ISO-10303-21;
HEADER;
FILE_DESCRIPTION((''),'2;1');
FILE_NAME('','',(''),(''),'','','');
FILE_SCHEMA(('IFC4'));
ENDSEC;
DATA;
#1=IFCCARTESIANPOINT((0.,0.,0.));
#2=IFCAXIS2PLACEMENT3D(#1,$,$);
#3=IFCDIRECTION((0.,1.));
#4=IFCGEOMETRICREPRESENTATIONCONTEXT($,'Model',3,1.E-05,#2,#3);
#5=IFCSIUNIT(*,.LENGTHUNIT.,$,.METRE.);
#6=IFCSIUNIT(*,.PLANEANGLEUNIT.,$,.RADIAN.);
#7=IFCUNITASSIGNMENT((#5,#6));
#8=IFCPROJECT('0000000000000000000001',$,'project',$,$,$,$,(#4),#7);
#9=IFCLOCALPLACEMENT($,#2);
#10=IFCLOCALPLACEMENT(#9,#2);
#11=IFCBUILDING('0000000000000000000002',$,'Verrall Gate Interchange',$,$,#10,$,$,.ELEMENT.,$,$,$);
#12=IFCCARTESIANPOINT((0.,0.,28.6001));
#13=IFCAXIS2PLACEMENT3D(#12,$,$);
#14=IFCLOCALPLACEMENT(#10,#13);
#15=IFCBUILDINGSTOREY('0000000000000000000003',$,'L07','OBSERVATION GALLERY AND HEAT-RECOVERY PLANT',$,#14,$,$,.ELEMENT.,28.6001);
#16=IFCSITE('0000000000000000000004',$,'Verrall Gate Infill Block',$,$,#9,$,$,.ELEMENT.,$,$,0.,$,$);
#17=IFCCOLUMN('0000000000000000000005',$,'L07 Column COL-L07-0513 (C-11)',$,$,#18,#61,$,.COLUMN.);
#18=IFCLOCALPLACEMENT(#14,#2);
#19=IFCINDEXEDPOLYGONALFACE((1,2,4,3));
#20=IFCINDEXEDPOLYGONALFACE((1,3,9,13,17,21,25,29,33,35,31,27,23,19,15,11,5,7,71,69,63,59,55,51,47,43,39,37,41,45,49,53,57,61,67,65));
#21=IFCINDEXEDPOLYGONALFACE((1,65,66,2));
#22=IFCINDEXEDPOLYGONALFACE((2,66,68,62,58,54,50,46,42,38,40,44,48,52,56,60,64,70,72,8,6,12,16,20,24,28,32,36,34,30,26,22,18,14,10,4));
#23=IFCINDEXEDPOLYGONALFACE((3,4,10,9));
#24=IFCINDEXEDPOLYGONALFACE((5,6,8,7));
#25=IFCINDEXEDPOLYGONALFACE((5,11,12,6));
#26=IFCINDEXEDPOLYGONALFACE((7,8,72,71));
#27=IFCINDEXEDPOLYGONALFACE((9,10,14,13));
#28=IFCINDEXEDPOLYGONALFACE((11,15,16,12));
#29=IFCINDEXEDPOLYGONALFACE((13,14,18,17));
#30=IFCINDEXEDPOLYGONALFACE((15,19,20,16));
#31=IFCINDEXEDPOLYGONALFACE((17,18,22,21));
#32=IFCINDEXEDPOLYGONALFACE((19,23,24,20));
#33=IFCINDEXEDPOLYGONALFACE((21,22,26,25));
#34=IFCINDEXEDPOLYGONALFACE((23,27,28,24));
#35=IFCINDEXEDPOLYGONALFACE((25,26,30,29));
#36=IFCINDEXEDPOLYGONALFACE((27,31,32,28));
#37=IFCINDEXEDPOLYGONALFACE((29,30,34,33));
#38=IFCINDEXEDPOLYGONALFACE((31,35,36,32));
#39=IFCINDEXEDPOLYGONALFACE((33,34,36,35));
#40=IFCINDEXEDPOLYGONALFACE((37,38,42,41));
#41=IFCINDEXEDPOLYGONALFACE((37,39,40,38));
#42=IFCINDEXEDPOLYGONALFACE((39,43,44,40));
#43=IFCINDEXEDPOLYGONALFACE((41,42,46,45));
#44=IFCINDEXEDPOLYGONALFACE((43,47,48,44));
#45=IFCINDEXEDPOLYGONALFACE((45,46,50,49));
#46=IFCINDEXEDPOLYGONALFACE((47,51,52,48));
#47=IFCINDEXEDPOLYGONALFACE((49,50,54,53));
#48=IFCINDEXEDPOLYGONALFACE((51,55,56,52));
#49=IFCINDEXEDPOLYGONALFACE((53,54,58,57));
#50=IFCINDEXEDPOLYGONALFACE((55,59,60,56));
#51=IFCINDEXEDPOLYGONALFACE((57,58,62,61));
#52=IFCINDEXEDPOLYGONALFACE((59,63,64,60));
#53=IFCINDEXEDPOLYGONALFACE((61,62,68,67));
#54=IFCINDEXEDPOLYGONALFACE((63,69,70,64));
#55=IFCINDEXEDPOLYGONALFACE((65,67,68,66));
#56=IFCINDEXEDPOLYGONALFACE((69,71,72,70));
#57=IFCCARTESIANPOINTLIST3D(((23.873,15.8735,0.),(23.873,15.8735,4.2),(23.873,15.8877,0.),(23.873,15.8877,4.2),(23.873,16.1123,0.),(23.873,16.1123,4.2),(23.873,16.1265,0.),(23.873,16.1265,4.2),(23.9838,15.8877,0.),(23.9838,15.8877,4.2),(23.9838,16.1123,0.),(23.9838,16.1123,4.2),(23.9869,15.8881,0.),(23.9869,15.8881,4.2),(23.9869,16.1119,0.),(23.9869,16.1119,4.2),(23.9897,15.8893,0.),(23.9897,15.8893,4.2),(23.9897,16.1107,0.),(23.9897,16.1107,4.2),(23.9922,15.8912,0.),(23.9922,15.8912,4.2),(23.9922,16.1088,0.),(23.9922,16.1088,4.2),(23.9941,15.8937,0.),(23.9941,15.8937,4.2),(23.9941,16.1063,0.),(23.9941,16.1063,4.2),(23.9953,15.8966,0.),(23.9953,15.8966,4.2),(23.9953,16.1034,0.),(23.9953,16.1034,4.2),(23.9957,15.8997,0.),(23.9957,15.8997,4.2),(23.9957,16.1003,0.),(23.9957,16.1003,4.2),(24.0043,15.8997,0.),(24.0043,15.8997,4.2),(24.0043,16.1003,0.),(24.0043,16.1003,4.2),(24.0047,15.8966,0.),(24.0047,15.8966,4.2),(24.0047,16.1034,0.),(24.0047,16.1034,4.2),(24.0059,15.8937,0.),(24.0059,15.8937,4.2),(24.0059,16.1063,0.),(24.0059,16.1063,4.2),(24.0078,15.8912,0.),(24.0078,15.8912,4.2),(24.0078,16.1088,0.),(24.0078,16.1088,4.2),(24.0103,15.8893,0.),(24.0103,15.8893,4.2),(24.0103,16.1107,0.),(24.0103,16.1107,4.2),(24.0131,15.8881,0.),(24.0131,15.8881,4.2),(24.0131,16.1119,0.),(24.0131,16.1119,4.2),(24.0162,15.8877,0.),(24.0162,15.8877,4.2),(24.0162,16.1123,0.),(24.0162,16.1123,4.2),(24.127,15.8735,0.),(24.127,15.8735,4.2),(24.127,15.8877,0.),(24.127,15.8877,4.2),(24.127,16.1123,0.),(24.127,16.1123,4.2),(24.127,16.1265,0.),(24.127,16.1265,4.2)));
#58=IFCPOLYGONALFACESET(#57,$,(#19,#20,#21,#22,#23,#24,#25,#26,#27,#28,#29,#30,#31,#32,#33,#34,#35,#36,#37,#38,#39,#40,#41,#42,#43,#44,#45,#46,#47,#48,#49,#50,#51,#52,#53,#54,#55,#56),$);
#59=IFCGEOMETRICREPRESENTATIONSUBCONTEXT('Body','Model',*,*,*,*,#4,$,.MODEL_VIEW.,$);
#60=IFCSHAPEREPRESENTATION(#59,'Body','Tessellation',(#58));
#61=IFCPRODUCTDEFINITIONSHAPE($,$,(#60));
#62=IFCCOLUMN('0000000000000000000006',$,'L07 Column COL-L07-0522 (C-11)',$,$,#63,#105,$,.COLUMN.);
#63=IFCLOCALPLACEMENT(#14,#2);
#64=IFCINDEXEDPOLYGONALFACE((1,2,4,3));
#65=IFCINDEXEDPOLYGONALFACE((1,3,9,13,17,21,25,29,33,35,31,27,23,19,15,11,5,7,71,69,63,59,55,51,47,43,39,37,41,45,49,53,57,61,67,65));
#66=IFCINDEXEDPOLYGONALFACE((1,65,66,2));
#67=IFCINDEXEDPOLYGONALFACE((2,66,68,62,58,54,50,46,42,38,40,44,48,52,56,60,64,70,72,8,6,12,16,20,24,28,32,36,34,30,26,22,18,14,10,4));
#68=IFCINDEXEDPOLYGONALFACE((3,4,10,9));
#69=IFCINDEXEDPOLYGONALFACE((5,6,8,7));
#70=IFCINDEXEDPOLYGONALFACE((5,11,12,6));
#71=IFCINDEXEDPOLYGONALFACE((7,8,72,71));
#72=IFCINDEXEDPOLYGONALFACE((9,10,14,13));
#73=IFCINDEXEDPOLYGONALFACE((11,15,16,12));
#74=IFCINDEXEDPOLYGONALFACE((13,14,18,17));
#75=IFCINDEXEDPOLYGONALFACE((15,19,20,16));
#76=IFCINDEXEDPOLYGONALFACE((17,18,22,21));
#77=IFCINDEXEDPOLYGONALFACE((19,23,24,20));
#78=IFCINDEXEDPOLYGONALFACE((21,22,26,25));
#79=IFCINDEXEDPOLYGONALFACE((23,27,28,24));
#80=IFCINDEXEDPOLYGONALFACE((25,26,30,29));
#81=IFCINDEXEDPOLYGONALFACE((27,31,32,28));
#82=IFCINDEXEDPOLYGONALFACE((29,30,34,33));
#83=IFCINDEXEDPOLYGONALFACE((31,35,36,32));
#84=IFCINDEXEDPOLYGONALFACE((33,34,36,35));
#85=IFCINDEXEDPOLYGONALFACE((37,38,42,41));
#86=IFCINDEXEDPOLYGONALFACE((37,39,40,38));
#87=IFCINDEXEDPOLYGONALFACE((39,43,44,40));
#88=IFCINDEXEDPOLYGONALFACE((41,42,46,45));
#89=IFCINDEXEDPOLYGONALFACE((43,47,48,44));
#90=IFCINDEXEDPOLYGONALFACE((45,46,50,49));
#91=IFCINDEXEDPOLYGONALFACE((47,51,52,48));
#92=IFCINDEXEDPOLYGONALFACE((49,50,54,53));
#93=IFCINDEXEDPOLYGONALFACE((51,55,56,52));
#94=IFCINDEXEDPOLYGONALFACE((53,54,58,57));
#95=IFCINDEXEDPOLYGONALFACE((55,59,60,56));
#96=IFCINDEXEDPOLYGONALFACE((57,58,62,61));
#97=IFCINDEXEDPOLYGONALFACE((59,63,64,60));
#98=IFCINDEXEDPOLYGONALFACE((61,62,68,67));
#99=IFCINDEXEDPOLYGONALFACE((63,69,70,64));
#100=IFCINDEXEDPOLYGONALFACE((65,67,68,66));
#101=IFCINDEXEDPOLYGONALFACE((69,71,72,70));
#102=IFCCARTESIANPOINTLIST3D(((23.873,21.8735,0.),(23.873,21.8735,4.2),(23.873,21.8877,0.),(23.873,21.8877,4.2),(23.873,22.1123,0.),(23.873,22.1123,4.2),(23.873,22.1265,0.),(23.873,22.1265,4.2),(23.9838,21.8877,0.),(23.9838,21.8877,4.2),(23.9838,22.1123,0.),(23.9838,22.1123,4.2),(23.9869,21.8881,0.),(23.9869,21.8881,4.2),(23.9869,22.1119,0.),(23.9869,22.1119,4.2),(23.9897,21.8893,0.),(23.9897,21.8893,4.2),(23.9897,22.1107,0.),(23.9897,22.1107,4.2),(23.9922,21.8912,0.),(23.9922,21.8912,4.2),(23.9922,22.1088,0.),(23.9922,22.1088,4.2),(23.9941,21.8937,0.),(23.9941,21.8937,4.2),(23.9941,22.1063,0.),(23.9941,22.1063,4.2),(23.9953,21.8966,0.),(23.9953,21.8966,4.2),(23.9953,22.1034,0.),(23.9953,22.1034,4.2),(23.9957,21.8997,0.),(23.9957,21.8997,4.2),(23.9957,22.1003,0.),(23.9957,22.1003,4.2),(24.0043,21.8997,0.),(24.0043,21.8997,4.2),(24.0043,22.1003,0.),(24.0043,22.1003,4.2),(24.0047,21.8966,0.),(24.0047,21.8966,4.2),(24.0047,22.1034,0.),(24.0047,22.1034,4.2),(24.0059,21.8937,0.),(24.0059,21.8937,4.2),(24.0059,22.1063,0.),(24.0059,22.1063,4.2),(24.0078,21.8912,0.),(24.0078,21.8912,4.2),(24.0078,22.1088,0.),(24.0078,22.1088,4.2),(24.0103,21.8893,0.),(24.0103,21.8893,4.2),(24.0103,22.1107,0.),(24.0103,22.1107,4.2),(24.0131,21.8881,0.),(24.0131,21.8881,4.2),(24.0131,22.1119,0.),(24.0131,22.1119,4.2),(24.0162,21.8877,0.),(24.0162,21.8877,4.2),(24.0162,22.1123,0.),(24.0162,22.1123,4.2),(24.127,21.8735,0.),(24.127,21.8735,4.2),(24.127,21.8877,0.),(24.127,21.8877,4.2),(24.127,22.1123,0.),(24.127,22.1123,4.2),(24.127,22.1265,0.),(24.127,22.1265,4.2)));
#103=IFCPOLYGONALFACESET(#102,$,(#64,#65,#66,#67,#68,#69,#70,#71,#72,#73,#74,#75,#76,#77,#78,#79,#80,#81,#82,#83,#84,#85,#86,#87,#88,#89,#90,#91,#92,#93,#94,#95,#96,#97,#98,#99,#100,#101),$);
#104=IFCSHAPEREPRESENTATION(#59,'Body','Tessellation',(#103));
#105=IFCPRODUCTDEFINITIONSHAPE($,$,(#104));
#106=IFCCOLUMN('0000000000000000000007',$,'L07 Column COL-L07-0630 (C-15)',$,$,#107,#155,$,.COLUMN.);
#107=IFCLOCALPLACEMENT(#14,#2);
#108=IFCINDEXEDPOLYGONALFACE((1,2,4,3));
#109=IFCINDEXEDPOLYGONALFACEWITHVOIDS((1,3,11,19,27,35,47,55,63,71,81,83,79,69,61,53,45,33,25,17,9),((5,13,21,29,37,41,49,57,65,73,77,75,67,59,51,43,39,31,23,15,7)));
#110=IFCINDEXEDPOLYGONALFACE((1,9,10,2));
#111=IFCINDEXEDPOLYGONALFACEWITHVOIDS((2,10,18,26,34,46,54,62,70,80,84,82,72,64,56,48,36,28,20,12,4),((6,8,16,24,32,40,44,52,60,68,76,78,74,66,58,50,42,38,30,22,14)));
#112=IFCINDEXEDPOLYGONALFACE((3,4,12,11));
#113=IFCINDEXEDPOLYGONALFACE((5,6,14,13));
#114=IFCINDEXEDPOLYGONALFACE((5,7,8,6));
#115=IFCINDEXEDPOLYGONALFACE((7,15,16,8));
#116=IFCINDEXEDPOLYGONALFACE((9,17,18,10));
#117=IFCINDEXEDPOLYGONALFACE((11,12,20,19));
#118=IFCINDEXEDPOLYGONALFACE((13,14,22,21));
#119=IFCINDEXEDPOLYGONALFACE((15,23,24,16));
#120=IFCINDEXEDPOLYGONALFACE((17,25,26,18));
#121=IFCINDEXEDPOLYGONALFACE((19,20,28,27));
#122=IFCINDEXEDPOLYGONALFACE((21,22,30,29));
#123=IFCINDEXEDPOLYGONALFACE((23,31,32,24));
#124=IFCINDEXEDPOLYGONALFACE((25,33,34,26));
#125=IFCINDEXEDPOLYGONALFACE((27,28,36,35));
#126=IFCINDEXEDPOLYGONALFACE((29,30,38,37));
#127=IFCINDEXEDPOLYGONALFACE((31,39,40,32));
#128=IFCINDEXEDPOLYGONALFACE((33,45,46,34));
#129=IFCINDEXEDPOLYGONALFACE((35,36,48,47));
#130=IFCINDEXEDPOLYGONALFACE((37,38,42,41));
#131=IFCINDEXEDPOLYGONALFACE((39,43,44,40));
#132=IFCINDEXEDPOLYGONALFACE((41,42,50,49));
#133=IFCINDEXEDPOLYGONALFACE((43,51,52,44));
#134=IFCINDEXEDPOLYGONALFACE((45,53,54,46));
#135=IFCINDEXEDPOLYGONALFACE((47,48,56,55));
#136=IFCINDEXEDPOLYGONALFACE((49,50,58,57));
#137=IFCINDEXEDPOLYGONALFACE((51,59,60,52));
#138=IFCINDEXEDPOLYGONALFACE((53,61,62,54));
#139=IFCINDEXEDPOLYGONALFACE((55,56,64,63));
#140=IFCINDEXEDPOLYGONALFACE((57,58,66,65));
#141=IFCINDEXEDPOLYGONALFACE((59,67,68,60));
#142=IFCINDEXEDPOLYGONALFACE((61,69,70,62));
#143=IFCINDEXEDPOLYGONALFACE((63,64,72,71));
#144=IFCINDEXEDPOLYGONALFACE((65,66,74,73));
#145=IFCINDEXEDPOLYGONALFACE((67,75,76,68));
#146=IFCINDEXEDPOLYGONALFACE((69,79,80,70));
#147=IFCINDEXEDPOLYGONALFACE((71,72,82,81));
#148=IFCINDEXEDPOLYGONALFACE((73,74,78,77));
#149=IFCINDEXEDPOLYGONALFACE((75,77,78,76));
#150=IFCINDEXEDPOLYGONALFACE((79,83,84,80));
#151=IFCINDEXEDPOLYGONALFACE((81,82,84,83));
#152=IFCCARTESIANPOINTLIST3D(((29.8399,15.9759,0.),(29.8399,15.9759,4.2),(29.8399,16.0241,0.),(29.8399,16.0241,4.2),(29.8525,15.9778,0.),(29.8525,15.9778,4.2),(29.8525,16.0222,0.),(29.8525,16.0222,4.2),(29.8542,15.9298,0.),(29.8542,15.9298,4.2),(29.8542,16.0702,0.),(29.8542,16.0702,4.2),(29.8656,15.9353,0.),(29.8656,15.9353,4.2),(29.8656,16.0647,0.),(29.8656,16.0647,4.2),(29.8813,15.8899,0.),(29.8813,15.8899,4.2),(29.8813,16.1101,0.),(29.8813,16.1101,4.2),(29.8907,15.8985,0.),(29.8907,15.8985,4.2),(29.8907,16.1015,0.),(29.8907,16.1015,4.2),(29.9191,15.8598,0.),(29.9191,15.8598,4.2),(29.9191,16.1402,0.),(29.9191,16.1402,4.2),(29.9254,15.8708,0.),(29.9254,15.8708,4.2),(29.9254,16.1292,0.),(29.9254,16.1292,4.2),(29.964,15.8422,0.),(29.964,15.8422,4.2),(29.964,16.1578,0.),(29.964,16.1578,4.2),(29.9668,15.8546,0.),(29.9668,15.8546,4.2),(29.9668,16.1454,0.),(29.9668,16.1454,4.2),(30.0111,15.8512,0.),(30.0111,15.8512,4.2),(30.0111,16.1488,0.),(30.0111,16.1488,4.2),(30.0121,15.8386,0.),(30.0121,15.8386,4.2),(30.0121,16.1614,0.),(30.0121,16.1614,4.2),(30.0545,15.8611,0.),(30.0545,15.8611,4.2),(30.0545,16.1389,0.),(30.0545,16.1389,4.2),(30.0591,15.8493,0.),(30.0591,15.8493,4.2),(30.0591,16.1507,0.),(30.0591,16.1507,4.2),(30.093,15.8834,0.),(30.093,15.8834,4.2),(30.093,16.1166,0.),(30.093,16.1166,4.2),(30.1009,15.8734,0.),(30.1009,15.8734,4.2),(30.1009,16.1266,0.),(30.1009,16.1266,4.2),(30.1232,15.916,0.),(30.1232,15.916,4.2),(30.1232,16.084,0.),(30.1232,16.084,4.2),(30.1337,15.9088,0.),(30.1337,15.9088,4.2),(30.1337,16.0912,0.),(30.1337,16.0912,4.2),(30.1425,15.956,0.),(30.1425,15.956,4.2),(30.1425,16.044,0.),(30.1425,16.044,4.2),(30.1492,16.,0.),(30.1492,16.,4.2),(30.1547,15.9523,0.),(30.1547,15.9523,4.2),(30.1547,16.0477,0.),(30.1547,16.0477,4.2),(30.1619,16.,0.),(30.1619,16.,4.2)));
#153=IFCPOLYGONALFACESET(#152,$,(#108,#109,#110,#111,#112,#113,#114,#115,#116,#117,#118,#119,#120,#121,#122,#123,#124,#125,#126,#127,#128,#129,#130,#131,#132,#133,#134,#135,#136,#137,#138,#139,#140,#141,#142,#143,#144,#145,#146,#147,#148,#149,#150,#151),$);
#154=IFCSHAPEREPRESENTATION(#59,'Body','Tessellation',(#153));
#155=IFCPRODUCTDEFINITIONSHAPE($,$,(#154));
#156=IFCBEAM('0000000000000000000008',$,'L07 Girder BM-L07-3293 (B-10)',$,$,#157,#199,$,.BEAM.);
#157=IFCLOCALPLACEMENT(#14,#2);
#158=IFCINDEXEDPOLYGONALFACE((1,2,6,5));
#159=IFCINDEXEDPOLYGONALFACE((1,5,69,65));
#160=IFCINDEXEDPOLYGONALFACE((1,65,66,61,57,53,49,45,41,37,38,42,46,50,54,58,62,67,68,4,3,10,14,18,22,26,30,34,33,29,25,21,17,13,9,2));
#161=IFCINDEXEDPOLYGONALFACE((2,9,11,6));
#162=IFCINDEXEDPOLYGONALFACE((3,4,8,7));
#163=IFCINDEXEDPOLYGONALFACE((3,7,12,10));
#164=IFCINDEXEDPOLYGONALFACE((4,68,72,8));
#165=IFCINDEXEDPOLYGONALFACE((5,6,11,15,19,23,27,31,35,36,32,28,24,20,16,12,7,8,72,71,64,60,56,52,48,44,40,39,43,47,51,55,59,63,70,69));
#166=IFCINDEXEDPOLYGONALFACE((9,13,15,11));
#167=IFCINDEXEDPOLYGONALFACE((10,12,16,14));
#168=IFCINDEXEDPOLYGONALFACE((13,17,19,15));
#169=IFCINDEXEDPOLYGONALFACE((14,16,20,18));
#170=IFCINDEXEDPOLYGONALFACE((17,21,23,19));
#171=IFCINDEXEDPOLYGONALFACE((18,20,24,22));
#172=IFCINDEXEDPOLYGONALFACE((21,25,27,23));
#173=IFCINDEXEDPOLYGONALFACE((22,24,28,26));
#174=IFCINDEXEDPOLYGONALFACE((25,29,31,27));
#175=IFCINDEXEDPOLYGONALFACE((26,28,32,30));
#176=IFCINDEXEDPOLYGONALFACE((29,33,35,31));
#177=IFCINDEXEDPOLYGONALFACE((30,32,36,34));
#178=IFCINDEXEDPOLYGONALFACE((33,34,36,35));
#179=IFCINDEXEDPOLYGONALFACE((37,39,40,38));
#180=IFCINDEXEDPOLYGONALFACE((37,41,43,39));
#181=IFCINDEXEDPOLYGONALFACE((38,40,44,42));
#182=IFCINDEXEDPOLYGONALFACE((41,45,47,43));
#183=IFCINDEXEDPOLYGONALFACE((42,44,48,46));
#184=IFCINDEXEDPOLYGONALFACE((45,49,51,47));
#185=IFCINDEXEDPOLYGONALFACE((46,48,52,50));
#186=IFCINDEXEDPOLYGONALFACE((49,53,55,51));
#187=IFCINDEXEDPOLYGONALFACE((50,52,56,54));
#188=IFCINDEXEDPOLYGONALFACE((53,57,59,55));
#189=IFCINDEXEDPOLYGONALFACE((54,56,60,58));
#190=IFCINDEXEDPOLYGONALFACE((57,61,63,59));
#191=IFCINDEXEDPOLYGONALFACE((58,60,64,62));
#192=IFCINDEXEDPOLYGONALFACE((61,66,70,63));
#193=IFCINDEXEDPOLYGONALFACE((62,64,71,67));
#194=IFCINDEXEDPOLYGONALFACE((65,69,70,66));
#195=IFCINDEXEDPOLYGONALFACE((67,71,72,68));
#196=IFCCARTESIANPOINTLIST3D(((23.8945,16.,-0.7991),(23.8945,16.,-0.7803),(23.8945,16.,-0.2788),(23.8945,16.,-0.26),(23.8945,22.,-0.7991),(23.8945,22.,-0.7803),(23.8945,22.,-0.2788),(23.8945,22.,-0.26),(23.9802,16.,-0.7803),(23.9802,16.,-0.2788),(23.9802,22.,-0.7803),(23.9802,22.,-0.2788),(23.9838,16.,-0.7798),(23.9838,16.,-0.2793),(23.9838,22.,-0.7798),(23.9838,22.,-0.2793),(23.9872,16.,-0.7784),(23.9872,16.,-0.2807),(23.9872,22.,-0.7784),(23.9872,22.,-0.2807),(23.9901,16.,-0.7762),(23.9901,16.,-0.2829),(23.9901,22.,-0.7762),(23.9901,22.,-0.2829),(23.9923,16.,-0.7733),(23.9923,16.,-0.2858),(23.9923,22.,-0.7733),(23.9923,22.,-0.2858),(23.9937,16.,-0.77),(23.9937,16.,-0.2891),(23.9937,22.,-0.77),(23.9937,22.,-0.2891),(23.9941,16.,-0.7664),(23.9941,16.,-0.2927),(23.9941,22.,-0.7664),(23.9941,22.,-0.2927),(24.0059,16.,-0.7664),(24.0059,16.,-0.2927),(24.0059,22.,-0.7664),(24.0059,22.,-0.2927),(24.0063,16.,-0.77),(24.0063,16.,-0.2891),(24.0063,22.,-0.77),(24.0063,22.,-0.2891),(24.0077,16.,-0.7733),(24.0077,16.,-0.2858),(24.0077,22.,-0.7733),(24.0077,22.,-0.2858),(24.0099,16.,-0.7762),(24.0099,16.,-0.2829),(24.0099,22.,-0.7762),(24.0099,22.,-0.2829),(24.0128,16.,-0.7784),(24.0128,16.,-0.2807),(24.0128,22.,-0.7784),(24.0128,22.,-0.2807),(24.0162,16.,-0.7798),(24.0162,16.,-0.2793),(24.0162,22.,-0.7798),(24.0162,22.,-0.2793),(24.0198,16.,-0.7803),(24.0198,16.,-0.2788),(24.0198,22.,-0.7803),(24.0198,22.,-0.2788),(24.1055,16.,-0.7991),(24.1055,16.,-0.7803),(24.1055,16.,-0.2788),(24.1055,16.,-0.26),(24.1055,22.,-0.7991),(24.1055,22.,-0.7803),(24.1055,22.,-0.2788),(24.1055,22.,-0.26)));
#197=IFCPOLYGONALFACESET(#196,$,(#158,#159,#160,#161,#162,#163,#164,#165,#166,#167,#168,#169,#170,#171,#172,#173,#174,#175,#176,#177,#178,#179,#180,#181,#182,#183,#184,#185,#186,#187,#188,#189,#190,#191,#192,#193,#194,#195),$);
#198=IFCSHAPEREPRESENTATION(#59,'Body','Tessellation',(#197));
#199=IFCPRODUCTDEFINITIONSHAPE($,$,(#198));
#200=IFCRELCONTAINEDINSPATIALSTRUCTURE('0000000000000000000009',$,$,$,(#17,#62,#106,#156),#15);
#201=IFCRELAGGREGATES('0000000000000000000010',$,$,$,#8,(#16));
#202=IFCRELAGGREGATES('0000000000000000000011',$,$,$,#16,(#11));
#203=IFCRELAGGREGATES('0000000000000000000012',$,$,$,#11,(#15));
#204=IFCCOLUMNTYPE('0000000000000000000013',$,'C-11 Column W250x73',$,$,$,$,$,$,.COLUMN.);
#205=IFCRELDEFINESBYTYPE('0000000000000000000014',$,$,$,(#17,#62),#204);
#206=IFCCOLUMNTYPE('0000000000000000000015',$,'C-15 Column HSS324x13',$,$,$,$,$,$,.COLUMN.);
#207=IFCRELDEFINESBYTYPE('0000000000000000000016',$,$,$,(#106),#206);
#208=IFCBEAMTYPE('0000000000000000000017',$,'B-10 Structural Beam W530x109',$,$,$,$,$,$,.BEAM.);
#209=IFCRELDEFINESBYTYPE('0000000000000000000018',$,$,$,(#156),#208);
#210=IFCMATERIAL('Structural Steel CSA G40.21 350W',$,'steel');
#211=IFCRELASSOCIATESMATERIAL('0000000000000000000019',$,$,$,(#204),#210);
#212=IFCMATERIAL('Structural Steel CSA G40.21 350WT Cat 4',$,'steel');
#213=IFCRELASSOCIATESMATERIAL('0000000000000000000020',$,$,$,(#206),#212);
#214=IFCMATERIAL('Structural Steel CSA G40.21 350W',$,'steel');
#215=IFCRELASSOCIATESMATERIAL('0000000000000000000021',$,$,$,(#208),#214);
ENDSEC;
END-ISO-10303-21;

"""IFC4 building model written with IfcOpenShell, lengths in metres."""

from ifc_helpers import new_model, si_unit, direction, frame, origin, origin_2d, place, context, subcontext, project, spatial, hollow_circle, i_section, extrude, material, material_profile, profile_set, type_object, element, save


model = new_model("IFC4")

# Units and contexts
model_context = context("Model", 3, precision=1e-05, world=origin(), true_north=direction((0.0, 1.0)))
body_context = subcontext(model_context, "Body", "Model", "MODEL_VIEW")
ifc_project = project(units=[si_unit("LENGTHUNIT", "METRE"), si_unit("PLANEANGLEUNIT", "RADIAN")], contexts=[model_context])

# Site, building, storey
site_placement = place(None, origin())
site = spatial("IfcSite", under=ifc_project, at=site_placement, Name="Verrall Gate Infill Block", CompositionType="ELEMENT", RefElevation=0.0)
building_placement = place(site_placement, origin())
building = spatial("IfcBuilding", under=site, at=building_placement, Name="Verrall Gate Interchange", CompositionType="ELEMENT")
storey_placement = place(building_placement, frame((0.0, 0.0, 28.6001)))
storey = spatial("IfcBuildingStorey", under=building, at=storey_placement, Name="L07", Description="OBSERVATION GALLERY AND HEAT-RECOVERY PLANT", CompositionType="ELEMENT", Elevation=28.6001)

# Columns
ifc_material_1 = material(Name="Structural Steel CSA G40.21 350W", Category="steel")
ifc_material_profile_1 = material_profile(ifc_material_1, i_section(OverallWidth=0.2539, OverallDepth=0.2529, WebThickness=0.0085, FlangeThickness=0.0142, FilletRadius=0.012, at=origin_2d()), Name="W250x73")
ifc_profile_set_1 = profile_set([ifc_material_profile_1], Name="Structural Steel CSA G40.21 350W")
column_type_1 = type_object("IfcColumnType", Name="C-11 Column W250x73", PredefinedType="COLUMN", material=ifc_profile_set_1)
for number, where, z_axis, x_axis, name in (
    (1, (24.0, 16.0, 0.0), (0.0, 0.0, 1.0), (1.0, 0.0, 0.0), "L07 Column COL-L07-0513 (C-11)"),
    (2, (24.0, 22.0, 0.0), (0.0, 0.0, 1.0), (1.0, 0.0, 0.0), "L07 Column COL-L07-0522 (C-11)"),
):
    element("IfcColumn", number, at=place(storey_placement, frame(where, z_axis=z_axis, x_axis=x_axis)), inside=storey, type_object=column_type_1, Name=name, PredefinedType="COLUMN", context=body_context, shape_type="SweptSolid", body=[
        extrude(i_section(OverallWidth=0.2539, OverallDepth=0.2529, WebThickness=0.0085, FlangeThickness=0.0142, FilletRadius=0.012, at=origin_2d()), origin(), (0.0, 0.0, 1.0), 4.2),
    ])
ifc_material_2 = material(Name="Structural Steel CSA G40.21 350WT Cat 4", Category="steel")
ifc_material_profile_2 = material_profile(ifc_material_2, hollow_circle(Radius=0.1619, WallThickness=0.0127, at=origin_2d()), Name="HSS324x13")
ifc_profile_set_2 = profile_set([ifc_material_profile_2], Name="Structural Steel CSA G40.21 350WT Cat 4")
column_type_2 = type_object("IfcColumnType", Name="C-15 Column HSS324x13", PredefinedType="COLUMN", material=ifc_profile_set_2)
column_placement = place(storey_placement, frame((30.0, 16.0, 0.0), z_axis=(0.0, 0.0, 1.0), x_axis=(1.0, 0.0, 0.0)))
element("IfcColumn", 3, at=column_placement, inside=storey, type_object=column_type_2, Name="L07 Column COL-L07-0630 (C-15)", PredefinedType="COLUMN", context=body_context, shape_type="SweptSolid", body=[
    extrude(hollow_circle(Radius=0.1619, WallThickness=0.0127, at=origin_2d()), origin(), (0.0, 0.0, 1.0), 4.2),
])

# Beam
ifc_material_3 = material(Name="Structural Steel CSA G40.21 350W", Category="steel")
ifc_material_profile_3 = material_profile(ifc_material_3, i_section(OverallWidth=0.2109, OverallDepth=0.5391, WebThickness=0.0117, FlangeThickness=0.0188, FilletRadius=0.0139, at=origin_2d()), Name="W530x109")
ifc_profile_set_3 = profile_set([ifc_material_profile_3], Name="Structural Steel CSA G40.21 350W")
beam_type_1 = type_object("IfcBeamType", Name="B-10 Structural Beam W530x109", PredefinedType="BEAM", material=ifc_profile_set_3)
beam_1_placement = place(storey_placement, frame((24.0, 16.0, -0.5295), z_axis=(0.0, 1.0, 0.0), x_axis=(-1.0, 0.0, 0.0)))
element("IfcBeam", 4, at=beam_1_placement, inside=storey, type_object=beam_type_1, Name="L07 Girder BM-L07-3293 (B-10)", PredefinedType="BEAM", context=body_context, shape_type="SweptSolid", body=[
    extrude(i_section(OverallWidth=0.2109, OverallDepth=0.5391, WebThickness=0.0117, FlangeThickness=0.0188, FilletRadius=0.0139, at=origin_2d()), origin(), (0.0, 0.0, 1.0), 6.0),
])

save(model, "model.ifc")
